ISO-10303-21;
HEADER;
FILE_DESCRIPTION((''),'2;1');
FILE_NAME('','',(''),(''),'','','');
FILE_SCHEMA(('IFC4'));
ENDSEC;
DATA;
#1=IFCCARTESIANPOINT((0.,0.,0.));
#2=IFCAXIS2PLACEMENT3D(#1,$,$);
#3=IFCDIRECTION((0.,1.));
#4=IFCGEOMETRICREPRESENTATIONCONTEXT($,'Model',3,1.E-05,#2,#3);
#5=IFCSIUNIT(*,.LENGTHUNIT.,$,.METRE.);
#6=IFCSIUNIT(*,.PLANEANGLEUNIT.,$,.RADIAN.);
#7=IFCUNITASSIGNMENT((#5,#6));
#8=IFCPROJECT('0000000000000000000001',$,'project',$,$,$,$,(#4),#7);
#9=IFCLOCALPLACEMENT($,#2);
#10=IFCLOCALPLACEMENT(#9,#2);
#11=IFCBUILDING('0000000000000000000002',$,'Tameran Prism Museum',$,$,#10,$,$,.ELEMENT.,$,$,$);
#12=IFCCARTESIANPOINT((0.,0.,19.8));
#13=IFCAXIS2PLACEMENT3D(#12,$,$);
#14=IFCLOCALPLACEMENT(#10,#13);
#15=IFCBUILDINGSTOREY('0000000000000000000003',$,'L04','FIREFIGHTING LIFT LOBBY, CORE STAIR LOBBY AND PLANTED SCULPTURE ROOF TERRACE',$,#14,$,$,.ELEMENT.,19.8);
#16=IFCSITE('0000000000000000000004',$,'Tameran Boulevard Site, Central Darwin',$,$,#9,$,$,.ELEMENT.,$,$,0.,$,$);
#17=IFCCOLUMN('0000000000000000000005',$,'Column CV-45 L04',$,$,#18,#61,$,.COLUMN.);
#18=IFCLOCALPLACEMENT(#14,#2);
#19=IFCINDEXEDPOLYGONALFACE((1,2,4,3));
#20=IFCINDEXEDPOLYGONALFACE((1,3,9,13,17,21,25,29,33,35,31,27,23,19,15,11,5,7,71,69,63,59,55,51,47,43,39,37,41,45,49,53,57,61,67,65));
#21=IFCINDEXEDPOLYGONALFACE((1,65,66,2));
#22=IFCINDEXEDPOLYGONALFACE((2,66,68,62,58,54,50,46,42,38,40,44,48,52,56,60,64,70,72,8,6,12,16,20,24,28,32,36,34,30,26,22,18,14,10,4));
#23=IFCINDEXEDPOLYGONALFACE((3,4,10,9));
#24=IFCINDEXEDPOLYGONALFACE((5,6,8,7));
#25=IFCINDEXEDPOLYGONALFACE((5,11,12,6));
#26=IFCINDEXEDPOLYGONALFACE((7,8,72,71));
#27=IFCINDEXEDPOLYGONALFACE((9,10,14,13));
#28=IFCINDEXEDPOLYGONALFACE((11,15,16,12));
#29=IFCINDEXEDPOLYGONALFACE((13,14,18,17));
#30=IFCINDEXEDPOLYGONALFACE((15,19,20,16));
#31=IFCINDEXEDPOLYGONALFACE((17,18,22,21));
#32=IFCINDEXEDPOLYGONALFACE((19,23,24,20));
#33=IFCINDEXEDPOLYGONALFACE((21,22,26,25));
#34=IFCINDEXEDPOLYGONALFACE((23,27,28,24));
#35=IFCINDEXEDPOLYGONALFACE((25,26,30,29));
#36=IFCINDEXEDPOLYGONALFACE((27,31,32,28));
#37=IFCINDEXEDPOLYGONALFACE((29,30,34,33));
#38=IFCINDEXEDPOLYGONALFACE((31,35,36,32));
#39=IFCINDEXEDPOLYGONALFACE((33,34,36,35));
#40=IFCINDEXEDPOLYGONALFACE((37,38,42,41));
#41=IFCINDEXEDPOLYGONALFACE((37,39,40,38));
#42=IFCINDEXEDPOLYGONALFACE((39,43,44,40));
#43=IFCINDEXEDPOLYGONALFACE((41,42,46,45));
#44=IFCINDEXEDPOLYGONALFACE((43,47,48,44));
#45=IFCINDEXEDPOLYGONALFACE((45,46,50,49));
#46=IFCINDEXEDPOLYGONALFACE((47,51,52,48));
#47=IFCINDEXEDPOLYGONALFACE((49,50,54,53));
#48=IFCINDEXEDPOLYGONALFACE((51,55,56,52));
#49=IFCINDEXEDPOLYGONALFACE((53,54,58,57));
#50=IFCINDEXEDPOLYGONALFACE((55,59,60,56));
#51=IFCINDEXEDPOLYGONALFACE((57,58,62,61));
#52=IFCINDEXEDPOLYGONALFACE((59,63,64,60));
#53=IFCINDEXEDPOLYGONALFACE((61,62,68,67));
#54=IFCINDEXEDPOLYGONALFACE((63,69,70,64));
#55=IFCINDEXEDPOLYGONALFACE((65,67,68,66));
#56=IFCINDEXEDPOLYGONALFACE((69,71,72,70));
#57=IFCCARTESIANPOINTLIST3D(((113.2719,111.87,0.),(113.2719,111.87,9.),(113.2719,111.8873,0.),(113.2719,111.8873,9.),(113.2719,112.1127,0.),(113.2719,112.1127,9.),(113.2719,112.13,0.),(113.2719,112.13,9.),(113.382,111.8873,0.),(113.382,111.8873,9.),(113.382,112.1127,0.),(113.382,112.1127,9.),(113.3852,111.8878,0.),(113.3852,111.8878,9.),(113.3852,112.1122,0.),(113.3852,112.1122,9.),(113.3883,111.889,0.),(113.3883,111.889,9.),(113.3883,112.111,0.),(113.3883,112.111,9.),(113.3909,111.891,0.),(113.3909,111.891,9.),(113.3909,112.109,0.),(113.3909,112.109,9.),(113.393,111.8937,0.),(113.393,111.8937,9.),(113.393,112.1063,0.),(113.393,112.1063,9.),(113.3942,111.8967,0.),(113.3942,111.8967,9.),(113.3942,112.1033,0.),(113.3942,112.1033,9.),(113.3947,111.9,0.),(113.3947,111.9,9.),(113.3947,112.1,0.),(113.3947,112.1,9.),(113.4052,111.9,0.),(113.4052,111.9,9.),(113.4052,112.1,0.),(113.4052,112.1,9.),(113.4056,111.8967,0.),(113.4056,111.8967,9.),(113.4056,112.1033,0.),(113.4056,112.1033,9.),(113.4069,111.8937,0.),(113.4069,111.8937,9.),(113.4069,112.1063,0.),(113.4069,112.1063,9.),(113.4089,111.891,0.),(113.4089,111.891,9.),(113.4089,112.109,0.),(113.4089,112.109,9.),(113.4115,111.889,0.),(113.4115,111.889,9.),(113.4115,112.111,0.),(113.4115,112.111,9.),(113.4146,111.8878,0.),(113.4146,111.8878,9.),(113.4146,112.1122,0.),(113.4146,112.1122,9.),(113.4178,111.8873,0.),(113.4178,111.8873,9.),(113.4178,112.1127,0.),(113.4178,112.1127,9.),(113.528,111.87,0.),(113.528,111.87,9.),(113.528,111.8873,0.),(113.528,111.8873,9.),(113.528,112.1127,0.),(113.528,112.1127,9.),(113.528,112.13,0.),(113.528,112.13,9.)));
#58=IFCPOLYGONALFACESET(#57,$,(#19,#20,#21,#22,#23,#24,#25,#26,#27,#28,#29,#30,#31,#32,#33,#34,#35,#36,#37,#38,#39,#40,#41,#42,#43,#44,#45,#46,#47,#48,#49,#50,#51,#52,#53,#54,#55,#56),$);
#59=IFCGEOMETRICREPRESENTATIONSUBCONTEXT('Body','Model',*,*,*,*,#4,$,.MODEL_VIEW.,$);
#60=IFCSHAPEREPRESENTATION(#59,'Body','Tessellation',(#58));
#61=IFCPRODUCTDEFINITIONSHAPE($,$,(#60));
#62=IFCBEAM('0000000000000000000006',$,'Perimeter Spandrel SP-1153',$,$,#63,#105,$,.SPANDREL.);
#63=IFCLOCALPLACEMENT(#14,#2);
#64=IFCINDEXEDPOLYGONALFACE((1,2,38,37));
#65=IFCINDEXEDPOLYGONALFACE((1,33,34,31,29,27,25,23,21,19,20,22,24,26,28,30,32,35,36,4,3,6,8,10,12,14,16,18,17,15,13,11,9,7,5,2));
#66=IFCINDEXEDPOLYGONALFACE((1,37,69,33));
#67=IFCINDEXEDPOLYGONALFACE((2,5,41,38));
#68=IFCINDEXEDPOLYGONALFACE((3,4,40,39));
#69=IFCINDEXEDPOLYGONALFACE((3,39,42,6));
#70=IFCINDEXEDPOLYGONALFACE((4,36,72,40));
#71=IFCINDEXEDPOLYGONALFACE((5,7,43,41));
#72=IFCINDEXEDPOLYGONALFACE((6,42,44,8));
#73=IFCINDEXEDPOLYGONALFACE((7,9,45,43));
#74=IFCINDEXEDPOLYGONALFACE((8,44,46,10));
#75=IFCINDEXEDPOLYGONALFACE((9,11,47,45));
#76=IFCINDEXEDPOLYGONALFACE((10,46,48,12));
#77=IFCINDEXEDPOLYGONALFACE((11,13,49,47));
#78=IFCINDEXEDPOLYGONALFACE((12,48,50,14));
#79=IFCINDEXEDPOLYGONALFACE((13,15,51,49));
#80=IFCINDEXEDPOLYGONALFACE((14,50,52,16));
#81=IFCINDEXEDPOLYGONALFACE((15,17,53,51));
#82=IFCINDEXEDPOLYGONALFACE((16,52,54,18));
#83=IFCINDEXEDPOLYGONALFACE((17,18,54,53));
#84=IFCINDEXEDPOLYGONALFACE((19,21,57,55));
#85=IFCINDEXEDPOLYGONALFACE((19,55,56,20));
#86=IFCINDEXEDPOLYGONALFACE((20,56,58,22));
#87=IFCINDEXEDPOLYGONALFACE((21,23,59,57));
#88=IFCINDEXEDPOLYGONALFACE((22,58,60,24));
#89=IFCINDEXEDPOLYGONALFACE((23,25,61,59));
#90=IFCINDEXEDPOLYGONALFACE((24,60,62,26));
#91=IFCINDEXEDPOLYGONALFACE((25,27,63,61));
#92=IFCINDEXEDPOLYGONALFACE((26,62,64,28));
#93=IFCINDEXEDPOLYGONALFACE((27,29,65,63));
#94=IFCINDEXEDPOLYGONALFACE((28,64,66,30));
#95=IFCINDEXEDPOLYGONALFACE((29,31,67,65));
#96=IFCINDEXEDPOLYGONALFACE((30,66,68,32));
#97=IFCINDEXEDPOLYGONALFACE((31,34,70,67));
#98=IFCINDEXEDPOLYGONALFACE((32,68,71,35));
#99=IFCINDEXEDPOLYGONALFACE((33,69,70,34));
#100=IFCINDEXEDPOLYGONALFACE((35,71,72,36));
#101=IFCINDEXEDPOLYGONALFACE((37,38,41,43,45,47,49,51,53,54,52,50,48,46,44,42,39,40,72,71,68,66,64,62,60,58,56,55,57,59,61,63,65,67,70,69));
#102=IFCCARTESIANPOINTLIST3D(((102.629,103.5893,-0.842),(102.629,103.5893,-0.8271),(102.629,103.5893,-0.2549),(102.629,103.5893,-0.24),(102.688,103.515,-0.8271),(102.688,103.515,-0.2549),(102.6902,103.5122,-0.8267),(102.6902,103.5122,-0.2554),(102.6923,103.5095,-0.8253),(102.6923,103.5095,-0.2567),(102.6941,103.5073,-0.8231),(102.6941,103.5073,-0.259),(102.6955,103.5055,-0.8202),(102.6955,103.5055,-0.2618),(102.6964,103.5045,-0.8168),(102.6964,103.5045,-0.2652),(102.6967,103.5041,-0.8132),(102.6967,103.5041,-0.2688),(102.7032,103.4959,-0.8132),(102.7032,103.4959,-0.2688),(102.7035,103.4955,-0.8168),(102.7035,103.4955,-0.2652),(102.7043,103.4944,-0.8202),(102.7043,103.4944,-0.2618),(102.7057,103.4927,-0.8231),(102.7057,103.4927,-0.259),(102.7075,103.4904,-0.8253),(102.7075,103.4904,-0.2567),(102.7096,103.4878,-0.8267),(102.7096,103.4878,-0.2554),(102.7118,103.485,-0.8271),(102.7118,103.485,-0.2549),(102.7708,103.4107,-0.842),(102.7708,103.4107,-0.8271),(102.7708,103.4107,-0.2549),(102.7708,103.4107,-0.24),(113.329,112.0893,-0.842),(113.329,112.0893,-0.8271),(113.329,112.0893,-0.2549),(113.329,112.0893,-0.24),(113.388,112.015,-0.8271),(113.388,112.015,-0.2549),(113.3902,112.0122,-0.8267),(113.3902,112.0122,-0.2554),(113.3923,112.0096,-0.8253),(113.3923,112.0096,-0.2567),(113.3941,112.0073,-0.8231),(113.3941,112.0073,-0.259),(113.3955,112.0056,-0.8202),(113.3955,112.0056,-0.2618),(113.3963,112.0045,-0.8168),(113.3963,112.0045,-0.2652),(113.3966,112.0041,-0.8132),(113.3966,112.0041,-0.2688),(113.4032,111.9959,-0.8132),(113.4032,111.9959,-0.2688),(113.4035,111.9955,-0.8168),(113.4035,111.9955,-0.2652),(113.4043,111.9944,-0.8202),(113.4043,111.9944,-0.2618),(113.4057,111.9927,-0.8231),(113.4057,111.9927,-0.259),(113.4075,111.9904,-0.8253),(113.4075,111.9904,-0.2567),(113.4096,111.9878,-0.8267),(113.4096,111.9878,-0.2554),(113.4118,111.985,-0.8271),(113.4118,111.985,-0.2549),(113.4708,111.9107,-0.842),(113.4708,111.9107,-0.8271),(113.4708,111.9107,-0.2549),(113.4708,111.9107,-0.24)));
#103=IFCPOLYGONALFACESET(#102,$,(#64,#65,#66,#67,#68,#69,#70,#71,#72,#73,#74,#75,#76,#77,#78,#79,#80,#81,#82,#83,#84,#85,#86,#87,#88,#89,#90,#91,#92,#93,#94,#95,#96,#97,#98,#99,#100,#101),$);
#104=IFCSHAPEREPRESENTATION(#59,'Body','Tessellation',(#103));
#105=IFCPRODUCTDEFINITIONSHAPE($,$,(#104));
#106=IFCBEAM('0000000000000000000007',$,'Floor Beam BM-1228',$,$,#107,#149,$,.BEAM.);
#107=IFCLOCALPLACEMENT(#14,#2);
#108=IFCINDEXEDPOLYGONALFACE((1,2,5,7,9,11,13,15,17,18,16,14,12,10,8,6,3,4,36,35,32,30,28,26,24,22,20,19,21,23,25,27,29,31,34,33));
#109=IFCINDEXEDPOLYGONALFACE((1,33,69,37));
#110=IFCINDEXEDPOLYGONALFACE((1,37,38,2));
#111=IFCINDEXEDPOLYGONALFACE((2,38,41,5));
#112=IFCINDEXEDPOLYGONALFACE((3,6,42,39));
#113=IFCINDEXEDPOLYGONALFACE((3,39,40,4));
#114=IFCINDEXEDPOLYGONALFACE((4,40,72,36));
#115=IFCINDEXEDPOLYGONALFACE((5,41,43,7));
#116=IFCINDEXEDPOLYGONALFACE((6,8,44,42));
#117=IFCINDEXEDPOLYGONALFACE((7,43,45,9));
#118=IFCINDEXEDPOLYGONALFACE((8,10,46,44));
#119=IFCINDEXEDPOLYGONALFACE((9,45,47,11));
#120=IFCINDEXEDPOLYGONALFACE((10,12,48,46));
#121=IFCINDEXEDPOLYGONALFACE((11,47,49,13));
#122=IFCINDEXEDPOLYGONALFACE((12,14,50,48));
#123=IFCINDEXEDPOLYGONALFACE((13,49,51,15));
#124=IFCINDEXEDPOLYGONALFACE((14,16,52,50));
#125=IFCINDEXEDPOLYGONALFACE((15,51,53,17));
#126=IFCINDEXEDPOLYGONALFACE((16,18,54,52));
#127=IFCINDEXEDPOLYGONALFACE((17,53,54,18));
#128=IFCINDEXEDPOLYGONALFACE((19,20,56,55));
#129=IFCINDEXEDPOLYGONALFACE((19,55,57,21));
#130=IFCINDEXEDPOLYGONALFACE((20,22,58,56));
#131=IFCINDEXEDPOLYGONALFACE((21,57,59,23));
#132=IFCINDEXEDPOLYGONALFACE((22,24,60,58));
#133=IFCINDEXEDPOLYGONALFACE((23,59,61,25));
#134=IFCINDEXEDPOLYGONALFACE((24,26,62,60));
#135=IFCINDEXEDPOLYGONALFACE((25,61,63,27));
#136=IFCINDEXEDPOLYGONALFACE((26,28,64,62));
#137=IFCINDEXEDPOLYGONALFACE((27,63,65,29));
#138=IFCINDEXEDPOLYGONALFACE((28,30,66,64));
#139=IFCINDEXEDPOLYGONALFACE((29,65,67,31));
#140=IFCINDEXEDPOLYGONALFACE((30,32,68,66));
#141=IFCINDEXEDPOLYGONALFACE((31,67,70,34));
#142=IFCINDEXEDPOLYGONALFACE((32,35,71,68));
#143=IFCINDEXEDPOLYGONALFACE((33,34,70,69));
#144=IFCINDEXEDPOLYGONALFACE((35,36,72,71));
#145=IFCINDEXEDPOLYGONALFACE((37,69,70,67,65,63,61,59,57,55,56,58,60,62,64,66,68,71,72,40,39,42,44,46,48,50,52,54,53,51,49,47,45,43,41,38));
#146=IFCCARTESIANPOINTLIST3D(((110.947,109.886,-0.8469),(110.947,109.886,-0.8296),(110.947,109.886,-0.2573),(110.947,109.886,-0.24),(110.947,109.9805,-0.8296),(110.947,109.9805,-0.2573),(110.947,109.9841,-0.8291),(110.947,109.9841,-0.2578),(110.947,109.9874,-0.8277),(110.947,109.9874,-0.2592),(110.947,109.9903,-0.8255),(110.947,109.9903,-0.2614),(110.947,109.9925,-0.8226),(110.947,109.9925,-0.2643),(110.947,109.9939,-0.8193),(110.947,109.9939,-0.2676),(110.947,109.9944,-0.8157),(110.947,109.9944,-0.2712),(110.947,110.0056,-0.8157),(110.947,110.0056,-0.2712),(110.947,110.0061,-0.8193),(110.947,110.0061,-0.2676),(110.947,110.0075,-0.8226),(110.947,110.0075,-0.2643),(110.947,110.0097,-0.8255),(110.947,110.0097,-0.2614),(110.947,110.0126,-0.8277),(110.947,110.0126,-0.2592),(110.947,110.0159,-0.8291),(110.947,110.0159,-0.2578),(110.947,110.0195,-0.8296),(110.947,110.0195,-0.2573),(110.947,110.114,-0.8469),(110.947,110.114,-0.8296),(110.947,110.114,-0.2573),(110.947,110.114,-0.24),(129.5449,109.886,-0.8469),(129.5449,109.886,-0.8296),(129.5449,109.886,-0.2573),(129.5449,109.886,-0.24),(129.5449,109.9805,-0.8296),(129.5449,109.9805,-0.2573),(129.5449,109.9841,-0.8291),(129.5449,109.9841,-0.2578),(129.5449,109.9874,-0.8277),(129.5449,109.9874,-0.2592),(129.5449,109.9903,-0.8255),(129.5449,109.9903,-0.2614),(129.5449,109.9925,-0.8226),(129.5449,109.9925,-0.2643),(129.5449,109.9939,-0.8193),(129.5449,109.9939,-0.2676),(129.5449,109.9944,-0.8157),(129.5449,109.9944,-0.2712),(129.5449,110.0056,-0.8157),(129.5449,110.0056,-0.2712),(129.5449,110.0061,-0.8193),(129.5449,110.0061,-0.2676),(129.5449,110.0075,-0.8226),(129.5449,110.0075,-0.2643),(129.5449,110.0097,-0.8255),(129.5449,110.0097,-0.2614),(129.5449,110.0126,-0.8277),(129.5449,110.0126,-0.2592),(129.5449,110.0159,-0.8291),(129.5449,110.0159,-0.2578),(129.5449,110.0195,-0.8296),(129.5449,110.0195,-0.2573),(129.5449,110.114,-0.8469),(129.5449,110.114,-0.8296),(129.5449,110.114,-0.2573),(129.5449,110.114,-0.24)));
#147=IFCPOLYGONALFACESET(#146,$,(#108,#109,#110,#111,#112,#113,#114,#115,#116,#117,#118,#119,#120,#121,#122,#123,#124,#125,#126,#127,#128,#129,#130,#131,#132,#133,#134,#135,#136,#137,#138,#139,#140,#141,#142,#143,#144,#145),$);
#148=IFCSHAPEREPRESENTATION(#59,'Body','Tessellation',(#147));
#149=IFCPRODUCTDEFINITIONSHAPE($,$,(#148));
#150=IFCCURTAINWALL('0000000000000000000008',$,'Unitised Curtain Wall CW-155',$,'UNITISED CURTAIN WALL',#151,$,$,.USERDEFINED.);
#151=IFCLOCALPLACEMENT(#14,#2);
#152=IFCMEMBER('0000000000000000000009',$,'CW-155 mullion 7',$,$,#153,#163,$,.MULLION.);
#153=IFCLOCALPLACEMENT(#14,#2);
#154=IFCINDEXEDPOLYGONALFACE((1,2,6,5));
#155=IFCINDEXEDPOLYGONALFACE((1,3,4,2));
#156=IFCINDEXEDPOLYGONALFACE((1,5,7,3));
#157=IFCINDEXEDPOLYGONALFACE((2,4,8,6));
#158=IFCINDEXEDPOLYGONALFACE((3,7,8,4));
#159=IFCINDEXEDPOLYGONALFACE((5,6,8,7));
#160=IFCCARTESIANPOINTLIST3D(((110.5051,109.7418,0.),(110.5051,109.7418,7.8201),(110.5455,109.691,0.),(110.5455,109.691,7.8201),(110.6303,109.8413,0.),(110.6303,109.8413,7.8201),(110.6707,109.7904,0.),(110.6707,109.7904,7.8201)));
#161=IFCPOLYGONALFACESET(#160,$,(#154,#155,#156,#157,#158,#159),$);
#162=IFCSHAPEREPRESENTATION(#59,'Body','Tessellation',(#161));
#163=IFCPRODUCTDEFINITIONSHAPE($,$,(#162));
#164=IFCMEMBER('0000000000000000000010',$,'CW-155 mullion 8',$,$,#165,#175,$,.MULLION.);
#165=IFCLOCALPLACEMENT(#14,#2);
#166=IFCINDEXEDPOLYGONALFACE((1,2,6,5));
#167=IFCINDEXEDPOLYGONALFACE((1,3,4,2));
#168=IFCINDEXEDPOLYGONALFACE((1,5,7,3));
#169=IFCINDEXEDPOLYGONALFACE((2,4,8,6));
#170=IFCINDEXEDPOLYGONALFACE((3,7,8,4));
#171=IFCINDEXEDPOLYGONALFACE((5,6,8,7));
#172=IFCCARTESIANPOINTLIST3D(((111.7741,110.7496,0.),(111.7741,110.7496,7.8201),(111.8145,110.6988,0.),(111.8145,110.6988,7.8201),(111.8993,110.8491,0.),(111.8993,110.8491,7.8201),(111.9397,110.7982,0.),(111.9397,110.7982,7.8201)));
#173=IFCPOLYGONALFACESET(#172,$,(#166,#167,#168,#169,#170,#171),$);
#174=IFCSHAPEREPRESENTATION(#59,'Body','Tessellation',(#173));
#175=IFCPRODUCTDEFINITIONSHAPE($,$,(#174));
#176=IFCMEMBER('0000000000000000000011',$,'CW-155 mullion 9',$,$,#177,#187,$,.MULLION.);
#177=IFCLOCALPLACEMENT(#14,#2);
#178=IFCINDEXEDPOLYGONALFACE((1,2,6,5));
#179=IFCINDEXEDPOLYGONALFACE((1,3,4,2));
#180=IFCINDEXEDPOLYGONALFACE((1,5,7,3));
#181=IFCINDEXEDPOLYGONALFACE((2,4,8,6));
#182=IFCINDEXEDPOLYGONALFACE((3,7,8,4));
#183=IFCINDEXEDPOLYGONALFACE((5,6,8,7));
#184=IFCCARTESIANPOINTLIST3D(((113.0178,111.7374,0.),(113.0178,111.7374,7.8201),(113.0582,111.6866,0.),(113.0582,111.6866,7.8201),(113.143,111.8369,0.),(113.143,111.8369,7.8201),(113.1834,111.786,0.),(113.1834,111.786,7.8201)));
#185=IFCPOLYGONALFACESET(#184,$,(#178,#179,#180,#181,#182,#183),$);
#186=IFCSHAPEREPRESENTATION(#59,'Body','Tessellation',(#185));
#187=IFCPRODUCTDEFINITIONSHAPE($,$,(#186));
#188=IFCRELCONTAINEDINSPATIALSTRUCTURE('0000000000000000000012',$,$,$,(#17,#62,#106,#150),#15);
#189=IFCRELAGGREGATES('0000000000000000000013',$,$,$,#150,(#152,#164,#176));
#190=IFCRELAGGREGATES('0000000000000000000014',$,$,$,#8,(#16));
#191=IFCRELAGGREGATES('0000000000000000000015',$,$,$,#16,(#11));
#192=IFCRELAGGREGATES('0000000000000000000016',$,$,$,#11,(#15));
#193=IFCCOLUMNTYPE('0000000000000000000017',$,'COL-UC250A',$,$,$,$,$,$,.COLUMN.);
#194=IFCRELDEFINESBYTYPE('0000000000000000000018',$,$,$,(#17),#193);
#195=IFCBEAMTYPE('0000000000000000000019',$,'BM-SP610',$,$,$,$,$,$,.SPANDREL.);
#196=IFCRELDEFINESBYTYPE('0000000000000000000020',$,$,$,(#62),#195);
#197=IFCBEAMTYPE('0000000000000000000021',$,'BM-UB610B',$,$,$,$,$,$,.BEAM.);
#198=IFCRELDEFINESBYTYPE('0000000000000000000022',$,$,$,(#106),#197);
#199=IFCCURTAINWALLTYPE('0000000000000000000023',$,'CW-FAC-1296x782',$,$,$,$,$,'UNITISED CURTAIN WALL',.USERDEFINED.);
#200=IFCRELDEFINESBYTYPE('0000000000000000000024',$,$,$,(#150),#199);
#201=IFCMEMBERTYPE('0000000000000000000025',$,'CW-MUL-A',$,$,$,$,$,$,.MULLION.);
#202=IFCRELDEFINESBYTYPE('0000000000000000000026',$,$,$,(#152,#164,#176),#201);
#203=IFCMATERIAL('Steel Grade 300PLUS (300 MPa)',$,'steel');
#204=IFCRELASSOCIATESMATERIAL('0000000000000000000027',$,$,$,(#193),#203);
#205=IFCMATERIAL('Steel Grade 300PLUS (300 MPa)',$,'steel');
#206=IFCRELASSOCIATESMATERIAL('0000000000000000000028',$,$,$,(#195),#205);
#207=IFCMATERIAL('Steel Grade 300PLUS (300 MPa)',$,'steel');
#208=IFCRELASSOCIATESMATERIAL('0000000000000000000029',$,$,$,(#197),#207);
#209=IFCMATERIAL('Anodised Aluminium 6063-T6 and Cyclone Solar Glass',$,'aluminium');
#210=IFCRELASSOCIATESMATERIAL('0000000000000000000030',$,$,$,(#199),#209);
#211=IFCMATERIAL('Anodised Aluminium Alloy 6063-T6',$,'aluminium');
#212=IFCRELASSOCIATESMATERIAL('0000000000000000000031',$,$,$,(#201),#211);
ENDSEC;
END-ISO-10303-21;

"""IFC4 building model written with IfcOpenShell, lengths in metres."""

from ifc_helpers import new_model, si_unit, direction, frame, origin, origin_2d, place, context, subcontext, project, spatial, rectangle, i_section, extrude, material, material_profile, profile_set, type_object, element, aggregate, save


model = new_model("IFC4")

# Units and contexts
model_context = context("Model", 3, precision=1e-05, world=origin(), true_north=direction((0.0, 1.0)))
body_context = subcontext(model_context, "Body", "Model", "MODEL_VIEW")
ifc_project = project(units=[si_unit("LENGTHUNIT", "METRE"), si_unit("PLANEANGLEUNIT", "RADIAN")], contexts=[model_context])

# Site, building, storey
site_placement = place(None, origin())
site = spatial("IfcSite", under=ifc_project, at=site_placement, Name="Tameran Boulevard Site, Central Darwin", CompositionType="ELEMENT", RefElevation=0.0)
building_placement = place(site_placement, origin())
building = spatial("IfcBuilding", under=site, at=building_placement, Name="Tameran Prism Museum", CompositionType="ELEMENT")
storey_placement = place(building_placement, frame((0.0, 0.0, 19.8)))
storey = spatial("IfcBuildingStorey", under=building, at=storey_placement, Name="L04", Description="FIREFIGHTING LIFT LOBBY, CORE STAIR LOBBY AND PLANTED SCULPTURE ROOF TERRACE", CompositionType="ELEMENT", Elevation=19.8)

# Column
ifc_material_1 = material(Name="Steel Grade 300PLUS (300 MPa)", Category="steel")
ifc_material_profile_1 = material_profile(ifc_material_1, i_section(OverallWidth=0.2561, OverallDepth=0.26, WebThickness=0.0105, FlangeThickness=0.0173, FilletRadius=0.0127, at=origin_2d()))
ifc_profile_set_1 = profile_set([ifc_material_profile_1])
column_type = type_object("IfcColumnType", Name="COL-UC250A", PredefinedType="COLUMN", material=ifc_profile_set_1)
column_placement = place(storey_placement, frame((113.3999, 112.0, 0.0), z_axis=(0.0, 0.0, 1.0), x_axis=(1.0, 0.0, 0.0)))
element("IfcColumn", 1, at=column_placement, inside=storey, type_object=column_type, Name="Column CV-45 L04", PredefinedType="COLUMN", context=body_context, shape_type="SweptSolid", body=[
    extrude(i_section(OverallWidth=0.2561, OverallDepth=0.26, WebThickness=0.0105, FlangeThickness=0.0173, FilletRadius=0.0127, at=origin_2d()), origin(), (0.0, 0.0, 1.0), 9.0),
])

# Beams
ifc_material_2 = material(Name="Steel Grade 300PLUS (300 MPa)", Category="steel")
ifc_material_profile_2 = material_profile(ifc_material_2, i_section(OverallWidth=0.228, OverallDepth=0.6021, WebThickness=0.0105, FlangeThickness=0.0149, FilletRadius=0.0139, at=origin_2d()))
ifc_profile_set_2 = profile_set([ifc_material_profile_2])
beam_type_1 = type_object("IfcBeamType", Name="BM-SP610", PredefinedType="SPANDREL", material=ifc_profile_set_2)
beam_1_placement = place(storey_placement, frame((113.3999, 112.0, -0.541), z_axis=(-0.783005, -0.622016, 0.0), x_axis=(0.622016, -0.783005, 0.0)))
element("IfcBeam", 2, at=beam_1_placement, inside=storey, type_object=beam_type_1, Name="Perimeter Spandrel SP-1153", PredefinedType="SPANDREL", context=body_context, shape_type="SweptSolid", body=[
    extrude(i_section(OverallWidth=0.228, OverallDepth=0.6021, WebThickness=0.0105, FlangeThickness=0.0149, FilletRadius=0.0139, at=origin_2d()), origin(), (0.0, 0.0, 1.0), 13.6653),
])
ifc_material_3 = material(Name="Steel Grade 300PLUS (300 MPa)", Category="steel")
ifc_material_profile_3 = material_profile(ifc_material_3, i_section(OverallWidth=0.228, OverallDepth=0.6069, WebThickness=0.0112, FlangeThickness=0.0173, FilletRadius=0.0139, at=origin_2d()))
ifc_profile_set_3 = profile_set([ifc_material_profile_3])
beam_type_2 = type_object("IfcBeamType", Name="BM-UB610B", PredefinedType="BEAM", material=ifc_profile_set_3)
beam_2_placement = place(storey_placement, frame((110.947, 110.0, -0.5435), z_axis=(1.0, 0.0, 0.0), x_axis=(0.0, 1.0, 0.0)))
element("IfcBeam", 3, at=beam_2_placement, inside=storey, type_object=beam_type_2, Name="Floor Beam BM-1228", PredefinedType="BEAM", context=body_context, shape_type="SweptSolid", body=[
    extrude(i_section(OverallWidth=0.228, OverallDepth=0.6069, WebThickness=0.0112, FlangeThickness=0.0173, FilletRadius=0.0139, at=origin_2d()), origin(), (0.0, 0.0, 1.0), 18.5979),
])

# Curtain wall, members
ifc_material_4 = material(Name="Anodised Aluminium 6063-T6 and Cyclone Solar Glass", Category="aluminium")
curtain_wall_type = type_object("IfcCurtainWallType", Name="CW-FAC-1296x782", ElementType="UNITISED CURTAIN WALL", PredefinedType="USERDEFINED", material=ifc_material_4)
curtain_wall_placement = place(storey_placement, origin())
curtain_wall = element("IfcCurtainWall", 4, at=curtain_wall_placement, inside=storey, type_object=curtain_wall_type, Name="Unitised Curtain Wall CW-155", ObjectType="UNITISED CURTAIN WALL", PredefinedType="USERDEFINED")
ifc_material_5 = material(Name="Anodised Aluminium Alloy 6063-T6", Category="aluminium")
ifc_material_profile_4 = material_profile(ifc_material_5, rectangle(XDim=0.0649, YDim=0.1599, at=origin_2d()))
ifc_profile_set_4 = profile_set([ifc_material_profile_4])
member_type_1 = type_object("IfcMemberType", Name="CW-MUL-A", PredefinedType="MULLION", material=ifc_profile_set_4)
member_1_placement = place(storey_placement, frame((110.5879, 109.7661, 0.0), z_axis=(0.0, 0.0, 1.0), x_axis=(-0.621982, 0.783031, 0.0)))
member_1 = element("IfcMember", 5, at=member_1_placement, type_object=member_type_1, Name="CW-155 mullion 7", PredefinedType="MULLION", context=body_context, shape_type="SweptSolid", body=[
    extrude(rectangle(XDim=0.0649, YDim=0.1599, at=origin_2d()), origin(), (0.0, 0.0, 1.0), 7.8201),
])
member_2_placement = place(storey_placement, frame((111.8569, 110.7739, 0.0), z_axis=(0.0, 0.0, 1.0), x_axis=(-0.621982, 0.783031, 0.0)))
member_2 = element("IfcMember", 6, at=member_2_placement, type_object=member_type_1, Name="CW-155 mullion 8", PredefinedType="MULLION", context=body_context, shape_type="SweptSolid", body=[
    extrude(rectangle(XDim=0.0649, YDim=0.1599, at=origin_2d()), origin(), (0.0, 0.0, 1.0), 7.8201),
])
member_3_placement = place(storey_placement, frame((113.1006, 111.7617, 0.0), z_axis=(0.0, 0.0, 1.0), x_axis=(-0.621982, 0.783031, 0.0)))
member_3 = element("IfcMember", 7, at=member_3_placement, type_object=member_type_1, Name="CW-155 mullion 9", PredefinedType="MULLION", context=body_context, shape_type="SweptSolid", body=[
    extrude(rectangle(XDim=0.0649, YDim=0.1599, at=origin_2d()), origin(), (0.0, 0.0, 1.0), 7.8201),
])
aggregate(curtain_wall, [member_1, member_2, member_3])

save(model, "model.ifc")
